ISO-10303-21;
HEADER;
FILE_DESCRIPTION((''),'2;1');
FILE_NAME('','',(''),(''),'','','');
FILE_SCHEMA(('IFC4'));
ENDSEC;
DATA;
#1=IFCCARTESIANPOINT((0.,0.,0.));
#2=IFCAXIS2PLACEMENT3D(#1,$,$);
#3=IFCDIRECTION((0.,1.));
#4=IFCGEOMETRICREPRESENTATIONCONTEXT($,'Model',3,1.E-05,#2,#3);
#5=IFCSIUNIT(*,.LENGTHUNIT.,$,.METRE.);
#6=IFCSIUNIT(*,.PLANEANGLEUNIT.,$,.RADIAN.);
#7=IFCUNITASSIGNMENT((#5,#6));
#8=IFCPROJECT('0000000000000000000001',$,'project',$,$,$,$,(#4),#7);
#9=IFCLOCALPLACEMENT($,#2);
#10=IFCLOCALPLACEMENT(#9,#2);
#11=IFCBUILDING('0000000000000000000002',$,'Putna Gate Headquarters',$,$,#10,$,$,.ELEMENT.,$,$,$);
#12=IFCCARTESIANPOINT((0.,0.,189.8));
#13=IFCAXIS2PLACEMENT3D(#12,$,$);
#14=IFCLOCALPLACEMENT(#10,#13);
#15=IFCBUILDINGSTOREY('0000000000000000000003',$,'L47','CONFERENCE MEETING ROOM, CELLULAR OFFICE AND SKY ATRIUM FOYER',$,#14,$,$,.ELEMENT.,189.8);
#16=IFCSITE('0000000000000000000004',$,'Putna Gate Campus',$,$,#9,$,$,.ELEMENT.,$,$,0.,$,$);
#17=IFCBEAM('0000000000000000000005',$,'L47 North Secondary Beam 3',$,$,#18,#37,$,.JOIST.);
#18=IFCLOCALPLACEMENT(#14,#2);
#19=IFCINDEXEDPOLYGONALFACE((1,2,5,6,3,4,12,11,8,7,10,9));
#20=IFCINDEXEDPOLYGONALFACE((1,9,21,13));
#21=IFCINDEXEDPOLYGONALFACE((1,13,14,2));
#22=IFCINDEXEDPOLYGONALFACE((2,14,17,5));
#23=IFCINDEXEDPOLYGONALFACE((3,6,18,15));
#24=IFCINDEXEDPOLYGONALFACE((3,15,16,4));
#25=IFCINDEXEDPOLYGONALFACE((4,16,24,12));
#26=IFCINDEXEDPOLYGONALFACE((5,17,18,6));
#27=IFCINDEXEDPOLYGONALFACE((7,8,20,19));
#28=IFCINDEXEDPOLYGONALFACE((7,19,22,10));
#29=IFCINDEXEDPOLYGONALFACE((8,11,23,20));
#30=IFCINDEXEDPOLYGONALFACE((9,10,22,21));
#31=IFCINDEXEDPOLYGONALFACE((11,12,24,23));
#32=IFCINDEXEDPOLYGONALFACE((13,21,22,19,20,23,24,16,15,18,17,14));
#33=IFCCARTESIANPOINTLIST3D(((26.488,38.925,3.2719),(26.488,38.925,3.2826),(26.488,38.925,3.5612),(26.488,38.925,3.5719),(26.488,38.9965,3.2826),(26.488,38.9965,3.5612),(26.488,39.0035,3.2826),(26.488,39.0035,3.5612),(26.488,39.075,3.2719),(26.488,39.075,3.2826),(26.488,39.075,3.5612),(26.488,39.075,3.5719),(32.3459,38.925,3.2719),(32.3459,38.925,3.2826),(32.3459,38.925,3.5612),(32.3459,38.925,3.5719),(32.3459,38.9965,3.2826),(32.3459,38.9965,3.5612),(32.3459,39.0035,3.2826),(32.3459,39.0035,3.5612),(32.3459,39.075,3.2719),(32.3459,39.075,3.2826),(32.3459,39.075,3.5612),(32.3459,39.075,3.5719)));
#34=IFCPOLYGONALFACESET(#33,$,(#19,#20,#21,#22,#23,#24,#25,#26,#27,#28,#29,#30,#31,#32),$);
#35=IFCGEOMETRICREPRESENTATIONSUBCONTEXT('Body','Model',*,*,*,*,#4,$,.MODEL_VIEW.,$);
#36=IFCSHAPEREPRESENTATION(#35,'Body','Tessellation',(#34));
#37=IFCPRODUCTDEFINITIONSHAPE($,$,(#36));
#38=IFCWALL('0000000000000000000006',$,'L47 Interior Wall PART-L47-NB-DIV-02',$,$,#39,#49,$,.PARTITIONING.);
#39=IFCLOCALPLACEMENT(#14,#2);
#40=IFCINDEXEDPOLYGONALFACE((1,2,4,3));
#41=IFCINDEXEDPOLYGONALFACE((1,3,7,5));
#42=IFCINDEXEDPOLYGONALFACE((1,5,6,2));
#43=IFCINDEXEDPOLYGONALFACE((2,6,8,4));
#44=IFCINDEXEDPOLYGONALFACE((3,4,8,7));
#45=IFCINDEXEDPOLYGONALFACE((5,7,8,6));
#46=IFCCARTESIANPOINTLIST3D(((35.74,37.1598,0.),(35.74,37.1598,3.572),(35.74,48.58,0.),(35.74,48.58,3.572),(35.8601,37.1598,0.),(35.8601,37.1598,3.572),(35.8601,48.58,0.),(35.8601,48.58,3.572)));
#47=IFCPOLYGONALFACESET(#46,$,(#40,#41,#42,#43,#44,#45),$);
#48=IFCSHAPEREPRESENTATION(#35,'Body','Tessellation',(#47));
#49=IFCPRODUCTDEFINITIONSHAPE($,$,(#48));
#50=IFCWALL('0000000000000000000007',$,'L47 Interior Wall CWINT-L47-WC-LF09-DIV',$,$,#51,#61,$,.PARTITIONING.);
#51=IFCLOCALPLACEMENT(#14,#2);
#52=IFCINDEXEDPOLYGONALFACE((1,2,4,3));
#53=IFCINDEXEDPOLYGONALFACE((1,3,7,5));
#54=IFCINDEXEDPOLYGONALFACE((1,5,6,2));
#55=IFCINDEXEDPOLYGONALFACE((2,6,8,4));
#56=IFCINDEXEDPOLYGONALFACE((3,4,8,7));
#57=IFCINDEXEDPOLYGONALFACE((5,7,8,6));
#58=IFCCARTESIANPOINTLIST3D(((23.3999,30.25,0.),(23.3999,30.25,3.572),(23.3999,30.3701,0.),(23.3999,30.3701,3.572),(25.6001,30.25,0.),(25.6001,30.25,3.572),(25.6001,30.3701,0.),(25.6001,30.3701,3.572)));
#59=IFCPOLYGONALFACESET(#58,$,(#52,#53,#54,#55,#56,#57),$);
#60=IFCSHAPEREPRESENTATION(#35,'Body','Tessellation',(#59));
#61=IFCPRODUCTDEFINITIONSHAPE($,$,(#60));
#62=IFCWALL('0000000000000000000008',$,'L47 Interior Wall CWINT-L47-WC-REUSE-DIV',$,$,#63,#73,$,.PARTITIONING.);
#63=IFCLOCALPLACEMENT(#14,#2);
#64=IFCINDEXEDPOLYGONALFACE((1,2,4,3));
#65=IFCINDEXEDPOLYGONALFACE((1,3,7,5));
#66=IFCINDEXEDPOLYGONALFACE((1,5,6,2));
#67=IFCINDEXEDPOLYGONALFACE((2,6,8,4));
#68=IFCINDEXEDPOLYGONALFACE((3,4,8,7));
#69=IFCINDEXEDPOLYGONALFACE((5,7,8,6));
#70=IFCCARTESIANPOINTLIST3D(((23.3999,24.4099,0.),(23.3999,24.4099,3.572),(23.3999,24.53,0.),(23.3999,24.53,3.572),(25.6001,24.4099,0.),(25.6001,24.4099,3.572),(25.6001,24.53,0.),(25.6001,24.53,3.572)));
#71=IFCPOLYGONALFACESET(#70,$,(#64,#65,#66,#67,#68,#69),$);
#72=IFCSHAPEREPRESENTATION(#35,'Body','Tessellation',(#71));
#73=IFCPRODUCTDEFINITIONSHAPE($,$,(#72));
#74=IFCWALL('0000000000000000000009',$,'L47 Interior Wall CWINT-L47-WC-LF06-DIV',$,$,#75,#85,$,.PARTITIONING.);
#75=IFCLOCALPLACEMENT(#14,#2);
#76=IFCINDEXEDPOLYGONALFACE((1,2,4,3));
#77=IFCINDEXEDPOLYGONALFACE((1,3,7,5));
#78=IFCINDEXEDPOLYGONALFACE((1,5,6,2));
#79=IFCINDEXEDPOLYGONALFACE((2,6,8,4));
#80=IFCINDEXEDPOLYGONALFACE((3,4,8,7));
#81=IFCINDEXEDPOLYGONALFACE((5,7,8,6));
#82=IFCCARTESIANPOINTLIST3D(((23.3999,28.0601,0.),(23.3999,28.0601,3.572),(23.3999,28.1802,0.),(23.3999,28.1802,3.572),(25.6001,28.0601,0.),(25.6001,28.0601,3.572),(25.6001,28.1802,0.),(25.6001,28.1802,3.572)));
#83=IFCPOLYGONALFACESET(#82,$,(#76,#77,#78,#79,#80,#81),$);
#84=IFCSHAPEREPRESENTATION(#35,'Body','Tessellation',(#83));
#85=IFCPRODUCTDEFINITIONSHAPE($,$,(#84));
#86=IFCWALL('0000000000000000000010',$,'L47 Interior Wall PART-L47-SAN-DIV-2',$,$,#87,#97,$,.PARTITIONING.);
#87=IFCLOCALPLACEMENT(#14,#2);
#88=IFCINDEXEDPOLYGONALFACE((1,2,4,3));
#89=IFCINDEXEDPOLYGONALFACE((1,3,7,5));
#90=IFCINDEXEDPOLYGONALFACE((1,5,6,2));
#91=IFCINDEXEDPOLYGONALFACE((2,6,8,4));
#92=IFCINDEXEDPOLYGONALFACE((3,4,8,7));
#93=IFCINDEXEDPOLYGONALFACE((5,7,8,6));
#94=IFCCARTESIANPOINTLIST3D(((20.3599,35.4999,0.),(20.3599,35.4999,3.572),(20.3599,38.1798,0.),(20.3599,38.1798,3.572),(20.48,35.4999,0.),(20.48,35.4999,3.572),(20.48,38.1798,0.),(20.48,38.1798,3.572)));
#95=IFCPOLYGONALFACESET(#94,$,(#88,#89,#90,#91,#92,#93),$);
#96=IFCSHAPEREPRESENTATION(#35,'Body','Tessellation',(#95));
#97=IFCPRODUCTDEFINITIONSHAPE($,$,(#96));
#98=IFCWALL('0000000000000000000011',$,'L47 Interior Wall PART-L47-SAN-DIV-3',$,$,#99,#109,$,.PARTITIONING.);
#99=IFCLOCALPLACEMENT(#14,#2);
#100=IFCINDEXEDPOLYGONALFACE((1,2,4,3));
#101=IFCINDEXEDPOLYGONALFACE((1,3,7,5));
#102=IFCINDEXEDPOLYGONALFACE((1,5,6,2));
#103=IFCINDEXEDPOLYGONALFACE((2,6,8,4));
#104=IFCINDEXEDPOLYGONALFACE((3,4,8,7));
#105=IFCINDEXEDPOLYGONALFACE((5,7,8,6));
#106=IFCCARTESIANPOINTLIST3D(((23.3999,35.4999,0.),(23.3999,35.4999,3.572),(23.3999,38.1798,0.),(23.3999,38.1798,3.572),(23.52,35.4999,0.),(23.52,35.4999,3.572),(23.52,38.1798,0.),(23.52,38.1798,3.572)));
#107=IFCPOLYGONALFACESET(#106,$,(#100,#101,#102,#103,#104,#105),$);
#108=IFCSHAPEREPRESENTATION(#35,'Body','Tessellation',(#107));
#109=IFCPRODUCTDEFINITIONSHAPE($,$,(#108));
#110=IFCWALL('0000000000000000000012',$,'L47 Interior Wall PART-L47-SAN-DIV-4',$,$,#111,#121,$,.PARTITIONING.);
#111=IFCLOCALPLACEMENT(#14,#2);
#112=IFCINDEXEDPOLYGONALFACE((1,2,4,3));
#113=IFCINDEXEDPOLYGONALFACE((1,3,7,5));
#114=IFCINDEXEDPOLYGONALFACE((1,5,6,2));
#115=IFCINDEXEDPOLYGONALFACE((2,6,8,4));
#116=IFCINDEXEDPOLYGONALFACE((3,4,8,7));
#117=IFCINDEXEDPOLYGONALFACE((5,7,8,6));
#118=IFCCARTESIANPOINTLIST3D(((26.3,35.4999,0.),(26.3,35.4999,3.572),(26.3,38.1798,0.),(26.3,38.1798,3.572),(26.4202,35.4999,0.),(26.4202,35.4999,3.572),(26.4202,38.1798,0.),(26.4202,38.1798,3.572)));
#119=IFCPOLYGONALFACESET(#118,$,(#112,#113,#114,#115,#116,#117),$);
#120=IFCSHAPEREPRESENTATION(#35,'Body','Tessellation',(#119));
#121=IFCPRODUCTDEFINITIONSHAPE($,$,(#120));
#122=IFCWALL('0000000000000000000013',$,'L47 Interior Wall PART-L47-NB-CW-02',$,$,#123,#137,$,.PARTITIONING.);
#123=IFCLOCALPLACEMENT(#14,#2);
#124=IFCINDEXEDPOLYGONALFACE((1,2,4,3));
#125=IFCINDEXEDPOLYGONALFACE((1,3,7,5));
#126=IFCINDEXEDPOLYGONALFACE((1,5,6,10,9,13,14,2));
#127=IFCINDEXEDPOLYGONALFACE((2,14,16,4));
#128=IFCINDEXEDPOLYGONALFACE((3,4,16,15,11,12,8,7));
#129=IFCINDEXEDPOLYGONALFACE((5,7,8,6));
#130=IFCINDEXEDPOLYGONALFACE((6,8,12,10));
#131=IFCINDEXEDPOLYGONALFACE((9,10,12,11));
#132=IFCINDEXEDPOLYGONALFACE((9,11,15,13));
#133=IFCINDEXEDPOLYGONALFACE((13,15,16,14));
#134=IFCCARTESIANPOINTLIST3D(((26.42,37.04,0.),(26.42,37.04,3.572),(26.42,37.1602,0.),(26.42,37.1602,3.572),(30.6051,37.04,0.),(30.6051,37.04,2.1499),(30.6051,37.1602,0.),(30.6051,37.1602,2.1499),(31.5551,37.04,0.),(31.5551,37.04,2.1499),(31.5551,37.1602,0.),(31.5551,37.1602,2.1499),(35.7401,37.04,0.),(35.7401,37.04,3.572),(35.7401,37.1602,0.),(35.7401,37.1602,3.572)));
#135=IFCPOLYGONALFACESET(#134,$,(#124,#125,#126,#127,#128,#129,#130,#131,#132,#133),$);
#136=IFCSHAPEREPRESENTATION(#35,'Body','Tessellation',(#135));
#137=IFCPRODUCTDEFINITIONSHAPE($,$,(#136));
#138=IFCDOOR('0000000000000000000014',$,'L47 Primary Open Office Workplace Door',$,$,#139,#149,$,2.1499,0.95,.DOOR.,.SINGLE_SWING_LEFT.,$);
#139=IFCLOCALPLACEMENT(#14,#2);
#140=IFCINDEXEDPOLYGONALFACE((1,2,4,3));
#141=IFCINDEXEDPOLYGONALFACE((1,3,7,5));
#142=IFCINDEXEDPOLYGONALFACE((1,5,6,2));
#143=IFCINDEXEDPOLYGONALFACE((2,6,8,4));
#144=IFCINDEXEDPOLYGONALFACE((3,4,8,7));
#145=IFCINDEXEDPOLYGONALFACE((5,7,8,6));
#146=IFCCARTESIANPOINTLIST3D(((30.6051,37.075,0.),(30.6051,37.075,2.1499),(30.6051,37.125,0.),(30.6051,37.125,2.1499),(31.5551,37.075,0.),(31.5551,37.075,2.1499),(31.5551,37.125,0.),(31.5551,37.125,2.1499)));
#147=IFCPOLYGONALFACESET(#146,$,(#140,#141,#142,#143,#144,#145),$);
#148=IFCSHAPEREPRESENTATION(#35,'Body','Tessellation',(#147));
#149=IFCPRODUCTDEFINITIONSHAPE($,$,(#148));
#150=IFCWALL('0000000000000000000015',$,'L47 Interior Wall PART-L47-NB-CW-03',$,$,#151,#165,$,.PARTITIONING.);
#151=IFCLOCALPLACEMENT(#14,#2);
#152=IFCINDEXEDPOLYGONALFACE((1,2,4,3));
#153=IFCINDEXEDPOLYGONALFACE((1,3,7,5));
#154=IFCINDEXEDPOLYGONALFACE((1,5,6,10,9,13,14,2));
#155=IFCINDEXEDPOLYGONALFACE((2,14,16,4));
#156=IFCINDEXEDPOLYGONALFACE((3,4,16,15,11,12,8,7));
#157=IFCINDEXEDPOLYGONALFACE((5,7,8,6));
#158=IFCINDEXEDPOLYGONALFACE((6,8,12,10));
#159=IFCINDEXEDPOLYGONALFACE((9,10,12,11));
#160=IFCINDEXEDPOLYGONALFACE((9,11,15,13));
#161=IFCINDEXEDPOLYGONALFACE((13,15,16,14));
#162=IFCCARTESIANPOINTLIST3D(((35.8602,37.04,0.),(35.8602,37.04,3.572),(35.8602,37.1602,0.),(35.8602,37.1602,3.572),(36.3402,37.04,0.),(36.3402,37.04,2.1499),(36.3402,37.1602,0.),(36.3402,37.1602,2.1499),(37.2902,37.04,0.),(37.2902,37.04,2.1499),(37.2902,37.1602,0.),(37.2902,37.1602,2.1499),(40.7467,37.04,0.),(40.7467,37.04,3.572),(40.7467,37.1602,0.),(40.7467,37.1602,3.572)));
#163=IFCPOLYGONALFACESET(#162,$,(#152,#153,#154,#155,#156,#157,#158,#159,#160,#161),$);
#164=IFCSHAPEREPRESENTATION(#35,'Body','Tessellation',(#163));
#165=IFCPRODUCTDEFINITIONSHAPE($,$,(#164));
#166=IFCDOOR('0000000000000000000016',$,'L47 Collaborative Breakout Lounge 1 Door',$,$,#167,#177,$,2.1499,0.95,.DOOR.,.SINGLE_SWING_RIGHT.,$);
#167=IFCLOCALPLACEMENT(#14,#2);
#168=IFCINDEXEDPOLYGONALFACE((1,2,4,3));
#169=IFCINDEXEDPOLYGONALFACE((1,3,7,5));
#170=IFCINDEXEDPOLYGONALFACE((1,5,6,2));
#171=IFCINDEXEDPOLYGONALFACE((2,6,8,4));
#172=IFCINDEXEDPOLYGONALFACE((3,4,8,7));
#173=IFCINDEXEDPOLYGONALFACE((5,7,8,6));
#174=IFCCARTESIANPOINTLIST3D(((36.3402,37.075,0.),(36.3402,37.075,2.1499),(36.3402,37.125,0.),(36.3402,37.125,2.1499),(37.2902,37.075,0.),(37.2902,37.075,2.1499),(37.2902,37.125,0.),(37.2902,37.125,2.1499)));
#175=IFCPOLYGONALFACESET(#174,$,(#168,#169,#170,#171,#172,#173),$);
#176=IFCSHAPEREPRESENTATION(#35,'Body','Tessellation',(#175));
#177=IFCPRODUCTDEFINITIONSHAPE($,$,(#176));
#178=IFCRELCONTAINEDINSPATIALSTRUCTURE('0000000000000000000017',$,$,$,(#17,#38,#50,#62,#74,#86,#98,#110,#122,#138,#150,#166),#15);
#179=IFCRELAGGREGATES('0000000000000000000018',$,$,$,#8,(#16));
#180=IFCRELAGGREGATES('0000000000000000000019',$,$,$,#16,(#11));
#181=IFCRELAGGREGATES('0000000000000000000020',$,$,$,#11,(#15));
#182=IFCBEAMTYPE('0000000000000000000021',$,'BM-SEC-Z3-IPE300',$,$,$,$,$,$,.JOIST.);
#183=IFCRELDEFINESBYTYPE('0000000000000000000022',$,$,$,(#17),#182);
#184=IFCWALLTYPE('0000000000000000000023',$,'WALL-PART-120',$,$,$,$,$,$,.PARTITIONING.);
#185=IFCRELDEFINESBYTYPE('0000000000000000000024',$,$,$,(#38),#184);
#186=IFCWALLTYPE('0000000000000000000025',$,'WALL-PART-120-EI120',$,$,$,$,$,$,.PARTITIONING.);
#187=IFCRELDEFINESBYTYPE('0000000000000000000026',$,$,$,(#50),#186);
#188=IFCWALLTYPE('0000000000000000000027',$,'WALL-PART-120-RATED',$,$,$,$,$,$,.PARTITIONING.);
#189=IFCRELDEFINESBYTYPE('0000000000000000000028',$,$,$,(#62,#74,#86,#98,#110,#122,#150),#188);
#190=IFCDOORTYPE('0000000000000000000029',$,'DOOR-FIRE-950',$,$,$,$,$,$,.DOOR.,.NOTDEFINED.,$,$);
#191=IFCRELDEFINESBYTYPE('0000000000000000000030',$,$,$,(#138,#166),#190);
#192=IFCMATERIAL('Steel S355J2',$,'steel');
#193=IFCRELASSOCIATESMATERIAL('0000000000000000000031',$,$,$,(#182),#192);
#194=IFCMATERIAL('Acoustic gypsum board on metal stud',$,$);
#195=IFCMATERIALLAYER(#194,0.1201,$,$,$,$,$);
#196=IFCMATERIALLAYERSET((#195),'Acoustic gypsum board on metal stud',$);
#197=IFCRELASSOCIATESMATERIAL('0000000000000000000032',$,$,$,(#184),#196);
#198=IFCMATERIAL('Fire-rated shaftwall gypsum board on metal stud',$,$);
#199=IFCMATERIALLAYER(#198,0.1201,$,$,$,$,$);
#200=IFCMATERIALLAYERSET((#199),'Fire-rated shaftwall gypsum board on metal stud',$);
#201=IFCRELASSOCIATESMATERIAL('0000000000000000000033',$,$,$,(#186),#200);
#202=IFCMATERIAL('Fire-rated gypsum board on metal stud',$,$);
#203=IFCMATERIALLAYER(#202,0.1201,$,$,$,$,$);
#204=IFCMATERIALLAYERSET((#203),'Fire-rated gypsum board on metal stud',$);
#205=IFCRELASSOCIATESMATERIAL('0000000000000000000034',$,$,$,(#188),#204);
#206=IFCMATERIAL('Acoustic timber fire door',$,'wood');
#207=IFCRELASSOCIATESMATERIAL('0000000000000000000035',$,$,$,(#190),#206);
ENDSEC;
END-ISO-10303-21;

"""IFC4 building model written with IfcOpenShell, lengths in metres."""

from ifc_helpers import new_model, si_unit, direction, frame, frame_2d, origin, origin_2d, place, context, subcontext, project, spatial, rectangle, i_section, extrude, material, layer, layer_set, material_profile, profile_set, type_object, element, fill, save


model = new_model("IFC4")

# Units and contexts
model_context = context("Model", 3, precision=1e-05, world=origin(), true_north=direction((0.0, 1.0)))
body_context = subcontext(model_context, "Body", "Model", "MODEL_VIEW")
ifc_project = project(units=[si_unit("LENGTHUNIT", "METRE"), si_unit("PLANEANGLEUNIT", "RADIAN")], contexts=[model_context])

# Site, building, storey
site_placement = place(None, origin())
site = spatial("IfcSite", under=ifc_project, at=site_placement, Name="Putna Gate Campus", CompositionType="ELEMENT", RefElevation=0.0)
building_placement = place(site_placement, origin())
building = spatial("IfcBuilding", under=site, at=building_placement, Name="Putna Gate Headquarters", CompositionType="ELEMENT")
storey_placement = place(building_placement, frame((0.0, 0.0, 189.8)))
storey = spatial("IfcBuildingStorey", under=building, at=storey_placement, Name="L47", Description="CONFERENCE MEETING ROOM, CELLULAR OFFICE AND SKY ATRIUM FOYER", CompositionType="ELEMENT", Elevation=189.8)

# Beam
ifc_material_1 = material(Name="Steel S355J2", Category="steel")
ifc_material_profile_1 = material_profile(ifc_material_1, i_section(OverallWidth=0.1499, OverallDepth=0.3, WebThickness=0.0071, FlangeThickness=0.0107, at=origin_2d()), Name="Steel S355J2")
ifc_profile_set_1 = profile_set([ifc_material_profile_1], Name="Steel S355J2")
beam_type_1 = type_object("IfcBeamType", Name="BM-SEC-Z3-IPE300", PredefinedType="JOIST", material=ifc_profile_set_1)
beam_1_placement = place(storey_placement, frame((26.488, 39.0, 3.4219), z_axis=(1.0, 0.0, 0.0), x_axis=(0.0, 1.0, 0.0)))
element("IfcBeam", 1, at=beam_1_placement, inside=storey, type_object=beam_type_1, Name="L47 North Secondary Beam 3", PredefinedType="JOIST", context=body_context, shape_type="SweptSolid", body=[
    extrude(i_section(OverallWidth=0.1499, OverallDepth=0.3, WebThickness=0.0071, FlangeThickness=0.0107, at=origin_2d()), origin(), (0.0, 0.0, 1.0), 5.8579),
])

# Walls
ifc_material_2 = material(Name="Acoustic gypsum board on metal stud")
ifc_layer_1 = layer(ifc_material_2, 0.1201)
ifc_layer_set_1 = layer_set([ifc_layer_1], Name="Acoustic gypsum board on metal stud")
wall_type_1 = type_object("IfcWallType", Name="WALL-PART-120", PredefinedType="PARTITIONING", material=ifc_layer_set_1)
wall_1_placement = place(storey_placement, frame((35.8, 37.1599, 0.0), z_axis=(0.0, 0.0, 1.0), x_axis=(0.0, 1.0, 0.0)))
element("IfcWall", 2, at=wall_1_placement, inside=storey, type_object=wall_type_1, Name="L47 Interior Wall PART-L47-NB-DIV-02", PredefinedType="PARTITIONING", context=body_context, shape_type="SweptSolid", body=[
    extrude(rectangle(XDim=11.4202, YDim=0.1201, at=frame_2d((5.71, 0.0))), origin(), (0.0, 0.0, 1.0), 3.572),
])
ifc_material_3 = material(Name="Fire-rated shaftwall gypsum board on metal stud")
ifc_layer_2 = layer(ifc_material_3, 0.1201)
ifc_layer_set_2 = layer_set([ifc_layer_2], Name="Fire-rated shaftwall gypsum board on metal stud")
wall_type_2 = type_object("IfcWallType", Name="WALL-PART-120-EI120", PredefinedType="PARTITIONING", material=ifc_layer_set_2)
wall_2_placement = place(storey_placement, frame((23.3999, 30.3101, 0.0), z_axis=(0.0, 0.0, 1.0), x_axis=(1.0, 0.0, 0.0)))
element("IfcWall", 3, at=wall_2_placement, inside=storey, type_object=wall_type_2, Name="L47 Interior Wall CWINT-L47-WC-LF09-DIV", PredefinedType="PARTITIONING", context=body_context, shape_type="SweptSolid", body=[
    extrude(rectangle(XDim=2.2002, YDim=0.1201, at=frame_2d((1.1001, 0.0))), origin(), (0.0, 0.0, 1.0), 3.572),
])
ifc_material_4 = material(Name="Fire-rated gypsum board on metal stud")
ifc_layer_3 = layer(ifc_material_4, 0.1201)
ifc_layer_set_3 = layer_set([ifc_layer_3], Name="Fire-rated gypsum board on metal stud")
wall_type_3 = type_object("IfcWallType", Name="WALL-PART-120-RATED", PredefinedType="PARTITIONING", material=ifc_layer_set_3)
for number, where, z_axis, x_axis, name in (
    (4, (23.3999, 24.47, 0.0), (0.0, 0.0, 1.0), (1.0, 0.0, 0.0), "L47 Interior Wall CWINT-L47-WC-REUSE-DIV"),
    (5, (23.3999, 28.1201, 0.0), (0.0, 0.0, 1.0), (1.0, 0.0, 0.0), "L47 Interior Wall CWINT-L47-WC-LF06-DIV"),
):
    element("IfcWall", number, at=place(storey_placement, frame(where, z_axis=z_axis, x_axis=x_axis)), inside=storey, type_object=wall_type_3, Name=name, PredefinedType="PARTITIONING", context=body_context, shape_type="SweptSolid", body=[
        extrude(rectangle(XDim=2.2002, YDim=0.1201, at=frame_2d((1.1001, 0.0))), origin(), (0.0, 0.0, 1.0), 3.572),
    ])
for number, where, z_axis, x_axis, name in (
    (6, (20.4199, 35.5, 0.0), (0.0, 0.0, 1.0), (0.0, 1.0, 0.0), "L47 Interior Wall PART-L47-SAN-DIV-2"),
    (7, (23.46, 35.5, 0.0), (0.0, 0.0, 1.0), (0.0, 1.0, 0.0), "L47 Interior Wall PART-L47-SAN-DIV-3"),
    (8, (26.3601, 35.5, 0.0), (0.0, 0.0, 1.0), (0.0, 1.0, 0.0), "L47 Interior Wall PART-L47-SAN-DIV-4"),
):
    element("IfcWall", number, at=place(storey_placement, frame(where, z_axis=z_axis, x_axis=x_axis)), inside=storey, type_object=wall_type_3, Name=name, PredefinedType="PARTITIONING", context=body_context, shape_type="SweptSolid", body=[
        extrude(rectangle(XDim=2.6799, YDim=0.1201, at=frame_2d((1.3398, 0.0))), origin(), (0.0, 0.0, 1.0), 3.572),
    ])

# Walls, openings, doors
wall_3_placement = place(storey_placement, frame((26.4199, 37.1001, 0.0), z_axis=(0.0, 0.0, 1.0), x_axis=(1.0, 0.0, 0.0)))
wall_3 = element("IfcWall", 9, at=wall_3_placement, inside=storey, type_object=wall_type_3, Name="L47 Interior Wall PART-L47-NB-CW-02", PredefinedType="PARTITIONING", context=body_context, shape_type="SweptSolid", body=[
    extrude(rectangle(XDim=9.3201, YDim=0.1201, at=frame_2d((4.6602, 0.0))), origin(), (0.0, 0.0, 1.0), 3.572),
])
opening_1_placement = place(wall_3_placement, frame((4.1851, 0.0, 0.0)))
opening_1 = element("IfcOpeningElement", 10, at=opening_1_placement, cuts=wall_3, PredefinedType="OPENING", context=body_context, shape_type="SweptSolid", body=[
    extrude(rectangle(XDim=0.95, YDim=2.1499, at=frame_2d((0.4751, 1.075))), frame((0.0, 0.0701, 0.0), z_axis=(0.0, -1.0, 0.0), x_axis=(1.0, 0.0, 0.0)), (0.0, 0.0, 1.0), 0.1401),
])
ifc_material_5 = material(Name="Acoustic timber fire door", Category="wood")
door_type = type_object("IfcDoorType", Name="DOOR-FIRE-950", OperationType="NOTDEFINED", PredefinedType="DOOR", material=ifc_material_5)
door_1_placement = place(opening_1_placement, origin())
door_1 = element("IfcDoor", 11, at=door_1_placement, inside=storey, type_object=door_type, Name="L47 Primary Open Office Workplace Door", OperationType="SINGLE_SWING_LEFT", OverallHeight=2.1499, OverallWidth=0.95, PredefinedType="DOOR", context=body_context, shape_type="SweptSolid", body=[
    extrude(rectangle(XDim=0.95, YDim=2.1499, at=frame_2d((0.4751, 1.075))), frame((0.0, 0.0249, 0.0), z_axis=(0.0, -1.0, 0.0), x_axis=(1.0, 0.0, 0.0)), (0.0, 0.0, 1.0), 0.05),
])
fill(opening_1, door_1)
wall_4_placement = place(storey_placement, frame((35.8601, 37.1001, 0.0), z_axis=(0.0, 0.0, 1.0), x_axis=(1.0, 0.0, 0.0)))
wall_4 = element("IfcWall", 12, at=wall_4_placement, inside=storey, type_object=wall_type_3, Name="L47 Interior Wall PART-L47-NB-CW-03", PredefinedType="PARTITIONING", context=body_context, shape_type="SweptSolid", body=[
    extrude(rectangle(XDim=4.8865, YDim=0.1201, at=frame_2d((2.4434, 0.0))), origin(), (0.0, 0.0, 1.0), 3.572),
])
opening_2_placement = place(wall_4_placement, frame((0.48, 0.0, 0.0)))
opening_2 = element("IfcOpeningElement", 13, at=opening_2_placement, cuts=wall_4, PredefinedType="OPENING", context=body_context, shape_type="SweptSolid", body=[
    extrude(rectangle(XDim=0.95, YDim=2.1499, at=frame_2d((0.4751, 1.075))), frame((0.0, 0.0701, 0.0), z_axis=(0.0, -1.0, 0.0), x_axis=(1.0, 0.0, 0.0)), (0.0, 0.0, 1.0), 0.1401),
])
door_2_placement = place(opening_2_placement, origin())
door_2 = element("IfcDoor", 14, at=door_2_placement, inside=storey, type_object=door_type, Name="L47 Collaborative Breakout Lounge 1 Door", OperationType="SINGLE_SWING_RIGHT", OverallHeight=2.1499, OverallWidth=0.95, PredefinedType="DOOR", context=body_context, shape_type="SweptSolid", body=[
    extrude(rectangle(XDim=0.95, YDim=2.1499, at=frame_2d((0.4751, 1.075))), frame((0.0, 0.0249, 0.0), z_axis=(0.0, -1.0, 0.0), x_axis=(1.0, 0.0, 0.0)), (0.0, 0.0, 1.0), 0.05),
])
fill(opening_2, door_2)

save(model, "model.ifc")
